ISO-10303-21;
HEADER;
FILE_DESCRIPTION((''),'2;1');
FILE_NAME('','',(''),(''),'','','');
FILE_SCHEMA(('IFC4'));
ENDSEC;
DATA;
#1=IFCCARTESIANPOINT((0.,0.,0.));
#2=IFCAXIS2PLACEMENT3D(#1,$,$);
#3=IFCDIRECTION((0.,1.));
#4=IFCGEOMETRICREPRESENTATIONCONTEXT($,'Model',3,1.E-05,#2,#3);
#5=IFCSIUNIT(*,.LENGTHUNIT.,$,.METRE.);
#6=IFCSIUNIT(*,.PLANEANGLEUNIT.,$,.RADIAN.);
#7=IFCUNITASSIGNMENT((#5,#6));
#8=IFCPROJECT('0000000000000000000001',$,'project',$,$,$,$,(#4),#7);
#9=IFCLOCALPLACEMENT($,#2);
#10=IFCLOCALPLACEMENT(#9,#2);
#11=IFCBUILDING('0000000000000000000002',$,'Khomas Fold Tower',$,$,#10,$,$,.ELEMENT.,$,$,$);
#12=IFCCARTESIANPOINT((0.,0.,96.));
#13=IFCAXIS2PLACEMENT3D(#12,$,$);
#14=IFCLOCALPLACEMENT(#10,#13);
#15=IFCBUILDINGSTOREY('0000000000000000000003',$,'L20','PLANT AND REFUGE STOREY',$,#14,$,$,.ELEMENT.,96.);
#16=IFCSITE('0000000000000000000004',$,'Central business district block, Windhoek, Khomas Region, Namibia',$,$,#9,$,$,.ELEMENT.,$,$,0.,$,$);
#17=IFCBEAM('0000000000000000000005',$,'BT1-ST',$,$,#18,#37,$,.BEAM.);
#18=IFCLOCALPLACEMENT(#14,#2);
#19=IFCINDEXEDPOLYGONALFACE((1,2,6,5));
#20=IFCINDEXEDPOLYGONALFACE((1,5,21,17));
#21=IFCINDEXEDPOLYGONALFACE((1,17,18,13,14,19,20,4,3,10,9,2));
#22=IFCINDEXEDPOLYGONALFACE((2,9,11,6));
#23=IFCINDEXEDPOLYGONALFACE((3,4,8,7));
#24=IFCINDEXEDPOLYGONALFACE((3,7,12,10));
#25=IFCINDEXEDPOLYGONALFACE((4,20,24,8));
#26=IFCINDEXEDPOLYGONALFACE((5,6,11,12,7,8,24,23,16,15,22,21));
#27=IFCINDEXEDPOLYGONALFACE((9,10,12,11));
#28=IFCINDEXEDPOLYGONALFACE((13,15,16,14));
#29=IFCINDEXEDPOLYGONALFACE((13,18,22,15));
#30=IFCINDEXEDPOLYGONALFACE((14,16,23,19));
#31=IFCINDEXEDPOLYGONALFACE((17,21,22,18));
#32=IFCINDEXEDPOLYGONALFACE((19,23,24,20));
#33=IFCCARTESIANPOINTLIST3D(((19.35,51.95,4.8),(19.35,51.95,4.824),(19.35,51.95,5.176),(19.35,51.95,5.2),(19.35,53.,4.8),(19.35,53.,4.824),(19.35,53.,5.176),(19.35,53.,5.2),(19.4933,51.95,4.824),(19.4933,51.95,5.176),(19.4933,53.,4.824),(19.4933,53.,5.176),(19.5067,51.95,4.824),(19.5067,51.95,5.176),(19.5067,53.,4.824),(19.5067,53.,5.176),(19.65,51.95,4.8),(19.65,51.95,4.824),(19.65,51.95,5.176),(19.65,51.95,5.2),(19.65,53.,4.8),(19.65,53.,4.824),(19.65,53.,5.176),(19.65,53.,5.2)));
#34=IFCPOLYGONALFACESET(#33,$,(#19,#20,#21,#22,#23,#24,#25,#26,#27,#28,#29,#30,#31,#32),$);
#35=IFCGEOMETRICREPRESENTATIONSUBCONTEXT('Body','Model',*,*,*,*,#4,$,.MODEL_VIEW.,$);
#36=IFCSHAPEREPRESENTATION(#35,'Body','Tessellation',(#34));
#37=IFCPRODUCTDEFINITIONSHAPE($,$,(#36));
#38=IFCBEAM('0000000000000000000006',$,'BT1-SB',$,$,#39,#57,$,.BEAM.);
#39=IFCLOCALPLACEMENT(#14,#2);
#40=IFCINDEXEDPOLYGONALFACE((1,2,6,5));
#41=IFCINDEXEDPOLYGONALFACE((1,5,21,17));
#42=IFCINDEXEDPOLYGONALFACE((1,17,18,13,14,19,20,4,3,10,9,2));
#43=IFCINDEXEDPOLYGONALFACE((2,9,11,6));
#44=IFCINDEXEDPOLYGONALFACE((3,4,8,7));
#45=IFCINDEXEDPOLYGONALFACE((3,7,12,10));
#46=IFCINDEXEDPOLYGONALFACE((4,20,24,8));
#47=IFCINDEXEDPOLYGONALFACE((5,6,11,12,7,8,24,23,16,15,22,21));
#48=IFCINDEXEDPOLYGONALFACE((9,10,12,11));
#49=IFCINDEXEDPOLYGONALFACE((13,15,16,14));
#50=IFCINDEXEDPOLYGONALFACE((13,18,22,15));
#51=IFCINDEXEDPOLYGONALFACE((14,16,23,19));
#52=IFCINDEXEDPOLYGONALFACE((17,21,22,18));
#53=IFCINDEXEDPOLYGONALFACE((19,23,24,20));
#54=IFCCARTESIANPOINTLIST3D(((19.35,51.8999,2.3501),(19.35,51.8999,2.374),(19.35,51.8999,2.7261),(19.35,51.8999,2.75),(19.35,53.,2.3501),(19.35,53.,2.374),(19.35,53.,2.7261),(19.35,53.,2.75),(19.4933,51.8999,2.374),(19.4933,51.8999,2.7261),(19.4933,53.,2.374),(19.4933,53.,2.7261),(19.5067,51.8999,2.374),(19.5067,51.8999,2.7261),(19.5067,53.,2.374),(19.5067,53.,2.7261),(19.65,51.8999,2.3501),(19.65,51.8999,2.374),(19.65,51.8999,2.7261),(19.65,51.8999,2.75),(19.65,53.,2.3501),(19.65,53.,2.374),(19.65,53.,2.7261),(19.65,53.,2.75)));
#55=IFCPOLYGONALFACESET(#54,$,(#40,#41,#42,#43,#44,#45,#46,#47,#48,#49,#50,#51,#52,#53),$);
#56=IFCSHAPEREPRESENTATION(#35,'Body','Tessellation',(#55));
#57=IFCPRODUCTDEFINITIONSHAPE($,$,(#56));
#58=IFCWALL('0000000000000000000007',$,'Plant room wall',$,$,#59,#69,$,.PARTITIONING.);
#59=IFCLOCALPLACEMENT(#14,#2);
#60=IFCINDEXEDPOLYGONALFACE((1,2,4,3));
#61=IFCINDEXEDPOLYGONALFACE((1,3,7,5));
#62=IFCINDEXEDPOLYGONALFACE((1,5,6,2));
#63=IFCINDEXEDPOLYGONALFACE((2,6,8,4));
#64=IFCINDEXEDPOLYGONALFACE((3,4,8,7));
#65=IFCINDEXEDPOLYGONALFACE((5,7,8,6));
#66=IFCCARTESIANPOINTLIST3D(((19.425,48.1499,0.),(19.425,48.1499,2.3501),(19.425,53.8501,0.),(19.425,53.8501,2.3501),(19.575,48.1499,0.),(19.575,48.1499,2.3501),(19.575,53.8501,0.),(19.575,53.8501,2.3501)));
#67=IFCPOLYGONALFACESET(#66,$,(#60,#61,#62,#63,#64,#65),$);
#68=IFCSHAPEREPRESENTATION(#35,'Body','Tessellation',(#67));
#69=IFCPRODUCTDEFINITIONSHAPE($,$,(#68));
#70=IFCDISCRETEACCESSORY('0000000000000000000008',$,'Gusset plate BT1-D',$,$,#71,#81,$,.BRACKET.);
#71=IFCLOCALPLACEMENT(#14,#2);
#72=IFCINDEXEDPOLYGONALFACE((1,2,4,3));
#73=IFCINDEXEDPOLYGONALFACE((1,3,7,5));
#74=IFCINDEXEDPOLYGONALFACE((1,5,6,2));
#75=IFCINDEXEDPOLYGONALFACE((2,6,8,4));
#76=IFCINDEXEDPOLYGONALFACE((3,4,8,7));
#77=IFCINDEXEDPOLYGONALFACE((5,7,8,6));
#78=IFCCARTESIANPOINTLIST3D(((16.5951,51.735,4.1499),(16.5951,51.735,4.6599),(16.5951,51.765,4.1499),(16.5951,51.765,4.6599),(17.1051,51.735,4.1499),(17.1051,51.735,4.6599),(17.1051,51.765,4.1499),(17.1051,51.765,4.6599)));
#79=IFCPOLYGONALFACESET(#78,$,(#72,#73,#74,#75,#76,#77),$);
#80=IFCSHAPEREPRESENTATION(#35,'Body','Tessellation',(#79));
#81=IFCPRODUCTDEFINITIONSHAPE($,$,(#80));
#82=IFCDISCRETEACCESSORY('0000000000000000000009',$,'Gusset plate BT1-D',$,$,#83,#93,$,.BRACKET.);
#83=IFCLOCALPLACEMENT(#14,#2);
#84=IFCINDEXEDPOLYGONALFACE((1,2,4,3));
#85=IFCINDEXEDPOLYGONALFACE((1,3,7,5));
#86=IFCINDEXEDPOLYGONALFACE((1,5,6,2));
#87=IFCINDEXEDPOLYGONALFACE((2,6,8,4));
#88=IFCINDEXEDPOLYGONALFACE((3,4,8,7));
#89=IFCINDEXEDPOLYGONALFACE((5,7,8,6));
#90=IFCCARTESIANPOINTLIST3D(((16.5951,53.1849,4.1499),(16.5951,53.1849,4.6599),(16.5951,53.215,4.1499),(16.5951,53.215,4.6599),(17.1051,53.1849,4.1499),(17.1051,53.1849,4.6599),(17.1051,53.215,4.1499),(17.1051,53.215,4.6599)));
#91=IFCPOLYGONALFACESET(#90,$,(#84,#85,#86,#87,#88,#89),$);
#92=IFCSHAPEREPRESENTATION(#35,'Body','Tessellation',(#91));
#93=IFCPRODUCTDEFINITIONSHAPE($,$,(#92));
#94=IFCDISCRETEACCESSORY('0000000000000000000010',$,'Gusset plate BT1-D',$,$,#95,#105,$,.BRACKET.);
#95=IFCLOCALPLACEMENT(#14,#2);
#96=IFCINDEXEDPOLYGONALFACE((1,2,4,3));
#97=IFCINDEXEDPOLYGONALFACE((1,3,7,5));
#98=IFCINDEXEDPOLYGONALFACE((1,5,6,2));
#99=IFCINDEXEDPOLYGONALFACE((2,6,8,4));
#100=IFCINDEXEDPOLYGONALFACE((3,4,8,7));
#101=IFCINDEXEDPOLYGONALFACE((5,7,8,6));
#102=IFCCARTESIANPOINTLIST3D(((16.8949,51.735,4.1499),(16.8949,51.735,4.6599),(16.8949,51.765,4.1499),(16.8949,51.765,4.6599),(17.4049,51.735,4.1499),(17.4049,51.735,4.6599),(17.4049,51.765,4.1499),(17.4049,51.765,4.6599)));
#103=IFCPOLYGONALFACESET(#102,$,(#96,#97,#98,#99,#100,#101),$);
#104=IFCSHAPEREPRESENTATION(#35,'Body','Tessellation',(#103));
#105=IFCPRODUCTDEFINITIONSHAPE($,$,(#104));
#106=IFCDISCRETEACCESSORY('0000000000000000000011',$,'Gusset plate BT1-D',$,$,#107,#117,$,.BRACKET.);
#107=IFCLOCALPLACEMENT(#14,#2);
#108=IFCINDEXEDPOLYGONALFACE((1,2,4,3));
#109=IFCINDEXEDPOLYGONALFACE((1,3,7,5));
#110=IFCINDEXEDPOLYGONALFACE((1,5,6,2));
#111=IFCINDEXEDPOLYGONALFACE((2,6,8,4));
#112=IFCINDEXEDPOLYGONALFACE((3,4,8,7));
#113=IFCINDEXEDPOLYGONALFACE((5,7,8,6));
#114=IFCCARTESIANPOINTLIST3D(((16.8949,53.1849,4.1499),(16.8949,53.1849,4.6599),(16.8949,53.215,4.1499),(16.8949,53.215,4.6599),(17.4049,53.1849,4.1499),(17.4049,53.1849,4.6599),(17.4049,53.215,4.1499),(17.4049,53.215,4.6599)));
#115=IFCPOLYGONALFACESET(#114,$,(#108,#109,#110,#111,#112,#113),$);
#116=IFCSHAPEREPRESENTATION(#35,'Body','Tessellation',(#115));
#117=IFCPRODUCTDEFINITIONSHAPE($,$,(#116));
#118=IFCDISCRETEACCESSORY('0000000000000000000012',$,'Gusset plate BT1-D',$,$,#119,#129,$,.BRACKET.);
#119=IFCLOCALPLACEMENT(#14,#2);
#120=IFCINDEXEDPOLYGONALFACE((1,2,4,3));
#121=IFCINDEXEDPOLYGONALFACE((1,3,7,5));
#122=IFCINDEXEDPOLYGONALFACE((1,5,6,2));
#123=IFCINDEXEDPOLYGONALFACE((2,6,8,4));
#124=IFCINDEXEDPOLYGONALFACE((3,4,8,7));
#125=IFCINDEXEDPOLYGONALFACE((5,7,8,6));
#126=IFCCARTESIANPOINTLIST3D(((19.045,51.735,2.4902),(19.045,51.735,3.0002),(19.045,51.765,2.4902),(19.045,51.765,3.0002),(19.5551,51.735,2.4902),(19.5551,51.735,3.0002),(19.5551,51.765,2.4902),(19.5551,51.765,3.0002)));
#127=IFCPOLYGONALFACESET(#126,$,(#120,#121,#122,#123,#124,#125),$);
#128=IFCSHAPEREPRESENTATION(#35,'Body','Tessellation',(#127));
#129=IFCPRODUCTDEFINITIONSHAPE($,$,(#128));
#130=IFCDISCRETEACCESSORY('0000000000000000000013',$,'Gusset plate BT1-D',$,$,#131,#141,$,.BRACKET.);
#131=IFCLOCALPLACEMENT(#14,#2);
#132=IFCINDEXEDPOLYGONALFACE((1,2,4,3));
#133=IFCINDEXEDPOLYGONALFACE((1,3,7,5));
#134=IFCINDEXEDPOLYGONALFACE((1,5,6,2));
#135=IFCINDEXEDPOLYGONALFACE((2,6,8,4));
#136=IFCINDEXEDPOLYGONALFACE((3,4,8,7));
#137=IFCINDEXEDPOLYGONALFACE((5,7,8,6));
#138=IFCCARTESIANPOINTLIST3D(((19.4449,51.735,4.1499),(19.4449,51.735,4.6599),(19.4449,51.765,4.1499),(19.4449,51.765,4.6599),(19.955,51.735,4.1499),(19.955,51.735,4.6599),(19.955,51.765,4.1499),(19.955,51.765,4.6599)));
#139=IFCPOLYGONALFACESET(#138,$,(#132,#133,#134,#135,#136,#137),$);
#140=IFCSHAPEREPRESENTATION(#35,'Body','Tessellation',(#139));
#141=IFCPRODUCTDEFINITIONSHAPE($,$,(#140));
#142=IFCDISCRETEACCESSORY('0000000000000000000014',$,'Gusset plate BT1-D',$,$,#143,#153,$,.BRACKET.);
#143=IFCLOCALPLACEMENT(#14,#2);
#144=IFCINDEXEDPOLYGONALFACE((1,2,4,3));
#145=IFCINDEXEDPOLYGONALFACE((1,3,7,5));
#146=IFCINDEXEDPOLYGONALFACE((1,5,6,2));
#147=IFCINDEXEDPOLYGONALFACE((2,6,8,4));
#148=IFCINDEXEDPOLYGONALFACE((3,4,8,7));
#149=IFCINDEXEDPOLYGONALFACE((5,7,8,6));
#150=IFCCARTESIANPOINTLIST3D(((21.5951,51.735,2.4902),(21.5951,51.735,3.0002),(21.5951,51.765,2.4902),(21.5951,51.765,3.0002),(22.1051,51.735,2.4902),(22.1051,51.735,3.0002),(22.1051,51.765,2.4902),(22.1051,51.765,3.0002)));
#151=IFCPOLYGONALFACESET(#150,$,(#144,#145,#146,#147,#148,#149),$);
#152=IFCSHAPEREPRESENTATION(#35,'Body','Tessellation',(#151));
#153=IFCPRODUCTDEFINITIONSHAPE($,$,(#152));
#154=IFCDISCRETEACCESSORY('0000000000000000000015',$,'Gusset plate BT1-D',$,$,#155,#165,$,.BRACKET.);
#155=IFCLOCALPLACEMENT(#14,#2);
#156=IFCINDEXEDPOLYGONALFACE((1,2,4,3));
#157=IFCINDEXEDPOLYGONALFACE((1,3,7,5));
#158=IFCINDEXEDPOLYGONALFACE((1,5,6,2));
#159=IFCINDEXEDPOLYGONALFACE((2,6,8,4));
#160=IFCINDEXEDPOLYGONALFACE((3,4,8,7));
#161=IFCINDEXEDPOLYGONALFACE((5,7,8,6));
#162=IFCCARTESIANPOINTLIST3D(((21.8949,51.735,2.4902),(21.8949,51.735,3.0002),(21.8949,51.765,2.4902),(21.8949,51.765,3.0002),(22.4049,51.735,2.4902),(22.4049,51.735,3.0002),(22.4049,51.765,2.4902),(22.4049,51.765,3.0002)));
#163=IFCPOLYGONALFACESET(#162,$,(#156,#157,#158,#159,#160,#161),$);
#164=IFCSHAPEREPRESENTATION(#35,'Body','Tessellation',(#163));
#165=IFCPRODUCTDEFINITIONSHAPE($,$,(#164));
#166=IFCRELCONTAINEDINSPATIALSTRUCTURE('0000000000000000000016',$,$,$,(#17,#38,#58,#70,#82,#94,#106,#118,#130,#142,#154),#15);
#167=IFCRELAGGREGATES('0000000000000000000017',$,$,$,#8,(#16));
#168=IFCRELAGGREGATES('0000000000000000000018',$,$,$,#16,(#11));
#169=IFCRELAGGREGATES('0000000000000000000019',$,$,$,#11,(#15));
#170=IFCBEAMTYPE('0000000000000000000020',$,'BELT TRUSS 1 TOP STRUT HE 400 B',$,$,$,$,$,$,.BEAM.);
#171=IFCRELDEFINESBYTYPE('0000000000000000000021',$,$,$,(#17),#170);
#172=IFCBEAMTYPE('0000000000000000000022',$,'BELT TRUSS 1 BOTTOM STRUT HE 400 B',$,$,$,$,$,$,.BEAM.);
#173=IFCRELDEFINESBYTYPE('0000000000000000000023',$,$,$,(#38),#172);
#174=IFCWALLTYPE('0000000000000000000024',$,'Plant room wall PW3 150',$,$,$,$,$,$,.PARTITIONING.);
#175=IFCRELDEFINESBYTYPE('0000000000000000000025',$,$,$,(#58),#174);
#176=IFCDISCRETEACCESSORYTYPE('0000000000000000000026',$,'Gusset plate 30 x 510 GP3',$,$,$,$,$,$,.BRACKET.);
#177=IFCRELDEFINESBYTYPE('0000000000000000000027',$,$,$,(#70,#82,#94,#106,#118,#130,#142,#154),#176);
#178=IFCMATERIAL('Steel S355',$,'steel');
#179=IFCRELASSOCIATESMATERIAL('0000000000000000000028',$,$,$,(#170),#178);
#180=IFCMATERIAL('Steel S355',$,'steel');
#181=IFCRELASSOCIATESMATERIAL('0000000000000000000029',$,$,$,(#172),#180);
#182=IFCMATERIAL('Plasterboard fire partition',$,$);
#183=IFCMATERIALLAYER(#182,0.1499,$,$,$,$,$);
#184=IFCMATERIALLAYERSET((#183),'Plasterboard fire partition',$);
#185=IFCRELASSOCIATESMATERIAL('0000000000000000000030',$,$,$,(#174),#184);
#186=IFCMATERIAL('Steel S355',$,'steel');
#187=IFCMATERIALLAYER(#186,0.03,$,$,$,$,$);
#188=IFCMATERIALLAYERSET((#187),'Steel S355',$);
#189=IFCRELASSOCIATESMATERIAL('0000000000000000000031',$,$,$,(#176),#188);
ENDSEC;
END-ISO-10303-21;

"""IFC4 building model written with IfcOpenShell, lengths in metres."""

from ifc_helpers import new_model, si_unit, direction, frame, frame_2d, origin, origin_2d, place, context, subcontext, project, spatial, rectangle, i_section, extrude, source, transform, mapped, material, layer, layer_set, material_profile, profile_set, type_object, element, save


model = new_model("IFC4")

# Units and contexts
model_context = context("Model", 3, precision=1e-05, world=origin(), true_north=direction((0.0, 1.0)))
body_context = subcontext(model_context, "Body", "Model", "MODEL_VIEW")
ifc_project = project(units=[si_unit("LENGTHUNIT", "METRE"), si_unit("PLANEANGLEUNIT", "RADIAN")], contexts=[model_context])

# Site, building, storey
site_placement = place(None, origin())
site = spatial("IfcSite", under=ifc_project, at=site_placement, Name="Central business district block, Windhoek, Khomas Region, Namibia", CompositionType="ELEMENT", RefElevation=0.0)
building_placement = place(site_placement, origin())
building = spatial("IfcBuilding", under=site, at=building_placement, Name="Khomas Fold Tower", CompositionType="ELEMENT")
storey_placement = place(building_placement, frame((0.0, 0.0, 96.0)))
storey = spatial("IfcBuildingStorey", under=building, at=storey_placement, Name="L20", Description="PLANT AND REFUGE STOREY", CompositionType="ELEMENT", Elevation=96.0)

# Beams
ifc_material_1 = material(Name="Steel S355", Category="steel")
ifc_material_profile_1 = material_profile(ifc_material_1, i_section(OverallWidth=0.3, OverallDepth=0.3999, WebThickness=0.0134, FlangeThickness=0.0239, at=origin_2d()), Name="HE 400 B")
ifc_profile_set_1 = profile_set([ifc_material_profile_1], Name="Steel S355")
beam_type_1 = type_object("IfcBeamType", Name="BELT TRUSS 1 TOP STRUT HE 400 B", PredefinedType="BEAM", material=ifc_profile_set_1)
shared_shape_1 = source(origin(), body_context, "Body", "SweptSolid", [
    extrude(i_section(OverallWidth=0.3, OverallDepth=0.3999, WebThickness=0.0134, FlangeThickness=0.0239, at=origin_2d()), origin(), (0.0, 0.0, 1.0), 1.05),
])
beam_1_placement = place(storey_placement, frame((19.5, 51.95, 5.0), z_axis=(0.0, 1.0, 0.0), x_axis=(-1.0, 0.0, 0.0)))
element("IfcBeam", 1, at=beam_1_placement, inside=storey, type_object=beam_type_1, Name="BT1-ST", PredefinedType="BEAM", context=body_context, shape_type="MappedRepresentation", body=[
    mapped(shared_shape_1, transform((0.0, 0.0, 0.0))),
])
ifc_material_2 = material(Name="Steel S355", Category="steel")
ifc_material_profile_2 = material_profile(ifc_material_2, i_section(OverallWidth=0.3, OverallDepth=0.3999, WebThickness=0.0134, FlangeThickness=0.0239, at=origin_2d()), Name="HE 400 B")
ifc_profile_set_2 = profile_set([ifc_material_profile_2], Name="Steel S355")
beam_type_2 = type_object("IfcBeamType", Name="BELT TRUSS 1 BOTTOM STRUT HE 400 B", PredefinedType="BEAM", material=ifc_profile_set_2)
shared_shape_2 = source(origin(), body_context, "Body", "SweptSolid", [
    extrude(i_section(OverallWidth=0.3, OverallDepth=0.3999, WebThickness=0.0134, FlangeThickness=0.0239, at=origin_2d()), origin(), (0.0, 0.0, 1.0), 1.1001),
])
beam_2_placement = place(storey_placement, frame((19.5, 51.8999, 2.55), z_axis=(0.0, 1.0, 0.0), x_axis=(-1.0, 0.0, 0.0)))
element("IfcBeam", 2, at=beam_2_placement, inside=storey, type_object=beam_type_2, Name="BT1-SB", PredefinedType="BEAM", context=body_context, shape_type="MappedRepresentation", body=[
    mapped(shared_shape_2, transform((0.0, 0.0, 0.0))),
])

# Wall
ifc_material_3 = material(Name="Plasterboard fire partition")
ifc_layer_1 = layer(ifc_material_3, 0.1499)
ifc_layer_set_1 = layer_set([ifc_layer_1], Name="Plasterboard fire partition")
wall_type = type_object("IfcWallType", Name="Plant room wall PW3 150", PredefinedType="PARTITIONING", material=ifc_layer_set_1)
shared_shape_3 = source(origin(), body_context, "Body", "SweptSolid", [
    extrude(rectangle(XDim=5.7002, YDim=0.1499, at=frame_2d((2.8501, 0.0))), origin(), (0.0, 0.0, 1.0), 2.3501),
])
wall_placement = place(storey_placement, frame((19.5, 48.1499, 0.0), z_axis=(0.0, 0.0, 1.0), x_axis=(0.0, 1.0, 0.0)))
element("IfcWall", 3, at=wall_placement, inside=storey, type_object=wall_type, Name="Plant room wall", PredefinedType="PARTITIONING", context=body_context, shape_type="MappedRepresentation", body=[
    mapped(shared_shape_3, transform((0.0, 0.0, 0.0))),
])

# Discrete accessories
ifc_material_4 = material(Name="Steel S355", Category="steel")
ifc_layer_2 = layer(ifc_material_4, 0.03)
ifc_layer_set_2 = layer_set([ifc_layer_2], Name="Steel S355")
discrete_accessory_type = type_object("IfcDiscreteAccessoryType", Name="Gusset plate 30 x 510 GP3", PredefinedType="BRACKET", material=ifc_layer_set_2)
shared_shape_4 = source(origin(), body_context, "Body", "SweptSolid", [
    extrude(rectangle(XDim=0.51, YDim=0.03, at=origin_2d()), origin(), (0.0, 0.0, 1.0), 0.51),
])
for number, where, z_axis, x_axis, name in (
    (4, (16.8501, 51.75, 4.1499), (0.0, 0.0, 1.0), (1.0, 0.0, 0.0), "Gusset plate BT1-D"),
    (5, (16.8501, 53.2, 4.1499), (0.0, 0.0, 1.0), (1.0, 0.0, 0.0), "Gusset plate BT1-D"),
    (6, (17.1499, 51.75, 4.1499), (0.0, 0.0, 1.0), (1.0, 0.0, 0.0), "Gusset plate BT1-D"),
    (7, (17.1499, 53.2, 4.1499), (0.0, 0.0, 1.0), (1.0, 0.0, 0.0), "Gusset plate BT1-D"),
    (8, (19.3, 51.75, 2.4902), (0.0, 0.0, 1.0), (1.0, 0.0, 0.0), "Gusset plate BT1-D"),
    (9, (19.7, 51.75, 4.1499), (0.0, 0.0, 1.0), (1.0, 0.0, 0.0), "Gusset plate BT1-D"),
    (10, (21.8501, 51.75, 2.4902), (0.0, 0.0, 1.0), (1.0, 0.0, 0.0), "Gusset plate BT1-D"),
    (11, (22.1499, 51.75, 2.4902), (0.0, 0.0, 1.0), (1.0, 0.0, 0.0), "Gusset plate BT1-D"),
):
    element("IfcDiscreteAccessory", number, at=place(storey_placement, frame(where, z_axis=z_axis, x_axis=x_axis)), inside=storey, type_object=discrete_accessory_type, Name=name, PredefinedType="BRACKET", context=body_context, shape_type="MappedRepresentation", body=[
        mapped(shared_shape_4, transform((0.0, 0.0, 0.0))),
    ])

save(model, "model.ifc")
